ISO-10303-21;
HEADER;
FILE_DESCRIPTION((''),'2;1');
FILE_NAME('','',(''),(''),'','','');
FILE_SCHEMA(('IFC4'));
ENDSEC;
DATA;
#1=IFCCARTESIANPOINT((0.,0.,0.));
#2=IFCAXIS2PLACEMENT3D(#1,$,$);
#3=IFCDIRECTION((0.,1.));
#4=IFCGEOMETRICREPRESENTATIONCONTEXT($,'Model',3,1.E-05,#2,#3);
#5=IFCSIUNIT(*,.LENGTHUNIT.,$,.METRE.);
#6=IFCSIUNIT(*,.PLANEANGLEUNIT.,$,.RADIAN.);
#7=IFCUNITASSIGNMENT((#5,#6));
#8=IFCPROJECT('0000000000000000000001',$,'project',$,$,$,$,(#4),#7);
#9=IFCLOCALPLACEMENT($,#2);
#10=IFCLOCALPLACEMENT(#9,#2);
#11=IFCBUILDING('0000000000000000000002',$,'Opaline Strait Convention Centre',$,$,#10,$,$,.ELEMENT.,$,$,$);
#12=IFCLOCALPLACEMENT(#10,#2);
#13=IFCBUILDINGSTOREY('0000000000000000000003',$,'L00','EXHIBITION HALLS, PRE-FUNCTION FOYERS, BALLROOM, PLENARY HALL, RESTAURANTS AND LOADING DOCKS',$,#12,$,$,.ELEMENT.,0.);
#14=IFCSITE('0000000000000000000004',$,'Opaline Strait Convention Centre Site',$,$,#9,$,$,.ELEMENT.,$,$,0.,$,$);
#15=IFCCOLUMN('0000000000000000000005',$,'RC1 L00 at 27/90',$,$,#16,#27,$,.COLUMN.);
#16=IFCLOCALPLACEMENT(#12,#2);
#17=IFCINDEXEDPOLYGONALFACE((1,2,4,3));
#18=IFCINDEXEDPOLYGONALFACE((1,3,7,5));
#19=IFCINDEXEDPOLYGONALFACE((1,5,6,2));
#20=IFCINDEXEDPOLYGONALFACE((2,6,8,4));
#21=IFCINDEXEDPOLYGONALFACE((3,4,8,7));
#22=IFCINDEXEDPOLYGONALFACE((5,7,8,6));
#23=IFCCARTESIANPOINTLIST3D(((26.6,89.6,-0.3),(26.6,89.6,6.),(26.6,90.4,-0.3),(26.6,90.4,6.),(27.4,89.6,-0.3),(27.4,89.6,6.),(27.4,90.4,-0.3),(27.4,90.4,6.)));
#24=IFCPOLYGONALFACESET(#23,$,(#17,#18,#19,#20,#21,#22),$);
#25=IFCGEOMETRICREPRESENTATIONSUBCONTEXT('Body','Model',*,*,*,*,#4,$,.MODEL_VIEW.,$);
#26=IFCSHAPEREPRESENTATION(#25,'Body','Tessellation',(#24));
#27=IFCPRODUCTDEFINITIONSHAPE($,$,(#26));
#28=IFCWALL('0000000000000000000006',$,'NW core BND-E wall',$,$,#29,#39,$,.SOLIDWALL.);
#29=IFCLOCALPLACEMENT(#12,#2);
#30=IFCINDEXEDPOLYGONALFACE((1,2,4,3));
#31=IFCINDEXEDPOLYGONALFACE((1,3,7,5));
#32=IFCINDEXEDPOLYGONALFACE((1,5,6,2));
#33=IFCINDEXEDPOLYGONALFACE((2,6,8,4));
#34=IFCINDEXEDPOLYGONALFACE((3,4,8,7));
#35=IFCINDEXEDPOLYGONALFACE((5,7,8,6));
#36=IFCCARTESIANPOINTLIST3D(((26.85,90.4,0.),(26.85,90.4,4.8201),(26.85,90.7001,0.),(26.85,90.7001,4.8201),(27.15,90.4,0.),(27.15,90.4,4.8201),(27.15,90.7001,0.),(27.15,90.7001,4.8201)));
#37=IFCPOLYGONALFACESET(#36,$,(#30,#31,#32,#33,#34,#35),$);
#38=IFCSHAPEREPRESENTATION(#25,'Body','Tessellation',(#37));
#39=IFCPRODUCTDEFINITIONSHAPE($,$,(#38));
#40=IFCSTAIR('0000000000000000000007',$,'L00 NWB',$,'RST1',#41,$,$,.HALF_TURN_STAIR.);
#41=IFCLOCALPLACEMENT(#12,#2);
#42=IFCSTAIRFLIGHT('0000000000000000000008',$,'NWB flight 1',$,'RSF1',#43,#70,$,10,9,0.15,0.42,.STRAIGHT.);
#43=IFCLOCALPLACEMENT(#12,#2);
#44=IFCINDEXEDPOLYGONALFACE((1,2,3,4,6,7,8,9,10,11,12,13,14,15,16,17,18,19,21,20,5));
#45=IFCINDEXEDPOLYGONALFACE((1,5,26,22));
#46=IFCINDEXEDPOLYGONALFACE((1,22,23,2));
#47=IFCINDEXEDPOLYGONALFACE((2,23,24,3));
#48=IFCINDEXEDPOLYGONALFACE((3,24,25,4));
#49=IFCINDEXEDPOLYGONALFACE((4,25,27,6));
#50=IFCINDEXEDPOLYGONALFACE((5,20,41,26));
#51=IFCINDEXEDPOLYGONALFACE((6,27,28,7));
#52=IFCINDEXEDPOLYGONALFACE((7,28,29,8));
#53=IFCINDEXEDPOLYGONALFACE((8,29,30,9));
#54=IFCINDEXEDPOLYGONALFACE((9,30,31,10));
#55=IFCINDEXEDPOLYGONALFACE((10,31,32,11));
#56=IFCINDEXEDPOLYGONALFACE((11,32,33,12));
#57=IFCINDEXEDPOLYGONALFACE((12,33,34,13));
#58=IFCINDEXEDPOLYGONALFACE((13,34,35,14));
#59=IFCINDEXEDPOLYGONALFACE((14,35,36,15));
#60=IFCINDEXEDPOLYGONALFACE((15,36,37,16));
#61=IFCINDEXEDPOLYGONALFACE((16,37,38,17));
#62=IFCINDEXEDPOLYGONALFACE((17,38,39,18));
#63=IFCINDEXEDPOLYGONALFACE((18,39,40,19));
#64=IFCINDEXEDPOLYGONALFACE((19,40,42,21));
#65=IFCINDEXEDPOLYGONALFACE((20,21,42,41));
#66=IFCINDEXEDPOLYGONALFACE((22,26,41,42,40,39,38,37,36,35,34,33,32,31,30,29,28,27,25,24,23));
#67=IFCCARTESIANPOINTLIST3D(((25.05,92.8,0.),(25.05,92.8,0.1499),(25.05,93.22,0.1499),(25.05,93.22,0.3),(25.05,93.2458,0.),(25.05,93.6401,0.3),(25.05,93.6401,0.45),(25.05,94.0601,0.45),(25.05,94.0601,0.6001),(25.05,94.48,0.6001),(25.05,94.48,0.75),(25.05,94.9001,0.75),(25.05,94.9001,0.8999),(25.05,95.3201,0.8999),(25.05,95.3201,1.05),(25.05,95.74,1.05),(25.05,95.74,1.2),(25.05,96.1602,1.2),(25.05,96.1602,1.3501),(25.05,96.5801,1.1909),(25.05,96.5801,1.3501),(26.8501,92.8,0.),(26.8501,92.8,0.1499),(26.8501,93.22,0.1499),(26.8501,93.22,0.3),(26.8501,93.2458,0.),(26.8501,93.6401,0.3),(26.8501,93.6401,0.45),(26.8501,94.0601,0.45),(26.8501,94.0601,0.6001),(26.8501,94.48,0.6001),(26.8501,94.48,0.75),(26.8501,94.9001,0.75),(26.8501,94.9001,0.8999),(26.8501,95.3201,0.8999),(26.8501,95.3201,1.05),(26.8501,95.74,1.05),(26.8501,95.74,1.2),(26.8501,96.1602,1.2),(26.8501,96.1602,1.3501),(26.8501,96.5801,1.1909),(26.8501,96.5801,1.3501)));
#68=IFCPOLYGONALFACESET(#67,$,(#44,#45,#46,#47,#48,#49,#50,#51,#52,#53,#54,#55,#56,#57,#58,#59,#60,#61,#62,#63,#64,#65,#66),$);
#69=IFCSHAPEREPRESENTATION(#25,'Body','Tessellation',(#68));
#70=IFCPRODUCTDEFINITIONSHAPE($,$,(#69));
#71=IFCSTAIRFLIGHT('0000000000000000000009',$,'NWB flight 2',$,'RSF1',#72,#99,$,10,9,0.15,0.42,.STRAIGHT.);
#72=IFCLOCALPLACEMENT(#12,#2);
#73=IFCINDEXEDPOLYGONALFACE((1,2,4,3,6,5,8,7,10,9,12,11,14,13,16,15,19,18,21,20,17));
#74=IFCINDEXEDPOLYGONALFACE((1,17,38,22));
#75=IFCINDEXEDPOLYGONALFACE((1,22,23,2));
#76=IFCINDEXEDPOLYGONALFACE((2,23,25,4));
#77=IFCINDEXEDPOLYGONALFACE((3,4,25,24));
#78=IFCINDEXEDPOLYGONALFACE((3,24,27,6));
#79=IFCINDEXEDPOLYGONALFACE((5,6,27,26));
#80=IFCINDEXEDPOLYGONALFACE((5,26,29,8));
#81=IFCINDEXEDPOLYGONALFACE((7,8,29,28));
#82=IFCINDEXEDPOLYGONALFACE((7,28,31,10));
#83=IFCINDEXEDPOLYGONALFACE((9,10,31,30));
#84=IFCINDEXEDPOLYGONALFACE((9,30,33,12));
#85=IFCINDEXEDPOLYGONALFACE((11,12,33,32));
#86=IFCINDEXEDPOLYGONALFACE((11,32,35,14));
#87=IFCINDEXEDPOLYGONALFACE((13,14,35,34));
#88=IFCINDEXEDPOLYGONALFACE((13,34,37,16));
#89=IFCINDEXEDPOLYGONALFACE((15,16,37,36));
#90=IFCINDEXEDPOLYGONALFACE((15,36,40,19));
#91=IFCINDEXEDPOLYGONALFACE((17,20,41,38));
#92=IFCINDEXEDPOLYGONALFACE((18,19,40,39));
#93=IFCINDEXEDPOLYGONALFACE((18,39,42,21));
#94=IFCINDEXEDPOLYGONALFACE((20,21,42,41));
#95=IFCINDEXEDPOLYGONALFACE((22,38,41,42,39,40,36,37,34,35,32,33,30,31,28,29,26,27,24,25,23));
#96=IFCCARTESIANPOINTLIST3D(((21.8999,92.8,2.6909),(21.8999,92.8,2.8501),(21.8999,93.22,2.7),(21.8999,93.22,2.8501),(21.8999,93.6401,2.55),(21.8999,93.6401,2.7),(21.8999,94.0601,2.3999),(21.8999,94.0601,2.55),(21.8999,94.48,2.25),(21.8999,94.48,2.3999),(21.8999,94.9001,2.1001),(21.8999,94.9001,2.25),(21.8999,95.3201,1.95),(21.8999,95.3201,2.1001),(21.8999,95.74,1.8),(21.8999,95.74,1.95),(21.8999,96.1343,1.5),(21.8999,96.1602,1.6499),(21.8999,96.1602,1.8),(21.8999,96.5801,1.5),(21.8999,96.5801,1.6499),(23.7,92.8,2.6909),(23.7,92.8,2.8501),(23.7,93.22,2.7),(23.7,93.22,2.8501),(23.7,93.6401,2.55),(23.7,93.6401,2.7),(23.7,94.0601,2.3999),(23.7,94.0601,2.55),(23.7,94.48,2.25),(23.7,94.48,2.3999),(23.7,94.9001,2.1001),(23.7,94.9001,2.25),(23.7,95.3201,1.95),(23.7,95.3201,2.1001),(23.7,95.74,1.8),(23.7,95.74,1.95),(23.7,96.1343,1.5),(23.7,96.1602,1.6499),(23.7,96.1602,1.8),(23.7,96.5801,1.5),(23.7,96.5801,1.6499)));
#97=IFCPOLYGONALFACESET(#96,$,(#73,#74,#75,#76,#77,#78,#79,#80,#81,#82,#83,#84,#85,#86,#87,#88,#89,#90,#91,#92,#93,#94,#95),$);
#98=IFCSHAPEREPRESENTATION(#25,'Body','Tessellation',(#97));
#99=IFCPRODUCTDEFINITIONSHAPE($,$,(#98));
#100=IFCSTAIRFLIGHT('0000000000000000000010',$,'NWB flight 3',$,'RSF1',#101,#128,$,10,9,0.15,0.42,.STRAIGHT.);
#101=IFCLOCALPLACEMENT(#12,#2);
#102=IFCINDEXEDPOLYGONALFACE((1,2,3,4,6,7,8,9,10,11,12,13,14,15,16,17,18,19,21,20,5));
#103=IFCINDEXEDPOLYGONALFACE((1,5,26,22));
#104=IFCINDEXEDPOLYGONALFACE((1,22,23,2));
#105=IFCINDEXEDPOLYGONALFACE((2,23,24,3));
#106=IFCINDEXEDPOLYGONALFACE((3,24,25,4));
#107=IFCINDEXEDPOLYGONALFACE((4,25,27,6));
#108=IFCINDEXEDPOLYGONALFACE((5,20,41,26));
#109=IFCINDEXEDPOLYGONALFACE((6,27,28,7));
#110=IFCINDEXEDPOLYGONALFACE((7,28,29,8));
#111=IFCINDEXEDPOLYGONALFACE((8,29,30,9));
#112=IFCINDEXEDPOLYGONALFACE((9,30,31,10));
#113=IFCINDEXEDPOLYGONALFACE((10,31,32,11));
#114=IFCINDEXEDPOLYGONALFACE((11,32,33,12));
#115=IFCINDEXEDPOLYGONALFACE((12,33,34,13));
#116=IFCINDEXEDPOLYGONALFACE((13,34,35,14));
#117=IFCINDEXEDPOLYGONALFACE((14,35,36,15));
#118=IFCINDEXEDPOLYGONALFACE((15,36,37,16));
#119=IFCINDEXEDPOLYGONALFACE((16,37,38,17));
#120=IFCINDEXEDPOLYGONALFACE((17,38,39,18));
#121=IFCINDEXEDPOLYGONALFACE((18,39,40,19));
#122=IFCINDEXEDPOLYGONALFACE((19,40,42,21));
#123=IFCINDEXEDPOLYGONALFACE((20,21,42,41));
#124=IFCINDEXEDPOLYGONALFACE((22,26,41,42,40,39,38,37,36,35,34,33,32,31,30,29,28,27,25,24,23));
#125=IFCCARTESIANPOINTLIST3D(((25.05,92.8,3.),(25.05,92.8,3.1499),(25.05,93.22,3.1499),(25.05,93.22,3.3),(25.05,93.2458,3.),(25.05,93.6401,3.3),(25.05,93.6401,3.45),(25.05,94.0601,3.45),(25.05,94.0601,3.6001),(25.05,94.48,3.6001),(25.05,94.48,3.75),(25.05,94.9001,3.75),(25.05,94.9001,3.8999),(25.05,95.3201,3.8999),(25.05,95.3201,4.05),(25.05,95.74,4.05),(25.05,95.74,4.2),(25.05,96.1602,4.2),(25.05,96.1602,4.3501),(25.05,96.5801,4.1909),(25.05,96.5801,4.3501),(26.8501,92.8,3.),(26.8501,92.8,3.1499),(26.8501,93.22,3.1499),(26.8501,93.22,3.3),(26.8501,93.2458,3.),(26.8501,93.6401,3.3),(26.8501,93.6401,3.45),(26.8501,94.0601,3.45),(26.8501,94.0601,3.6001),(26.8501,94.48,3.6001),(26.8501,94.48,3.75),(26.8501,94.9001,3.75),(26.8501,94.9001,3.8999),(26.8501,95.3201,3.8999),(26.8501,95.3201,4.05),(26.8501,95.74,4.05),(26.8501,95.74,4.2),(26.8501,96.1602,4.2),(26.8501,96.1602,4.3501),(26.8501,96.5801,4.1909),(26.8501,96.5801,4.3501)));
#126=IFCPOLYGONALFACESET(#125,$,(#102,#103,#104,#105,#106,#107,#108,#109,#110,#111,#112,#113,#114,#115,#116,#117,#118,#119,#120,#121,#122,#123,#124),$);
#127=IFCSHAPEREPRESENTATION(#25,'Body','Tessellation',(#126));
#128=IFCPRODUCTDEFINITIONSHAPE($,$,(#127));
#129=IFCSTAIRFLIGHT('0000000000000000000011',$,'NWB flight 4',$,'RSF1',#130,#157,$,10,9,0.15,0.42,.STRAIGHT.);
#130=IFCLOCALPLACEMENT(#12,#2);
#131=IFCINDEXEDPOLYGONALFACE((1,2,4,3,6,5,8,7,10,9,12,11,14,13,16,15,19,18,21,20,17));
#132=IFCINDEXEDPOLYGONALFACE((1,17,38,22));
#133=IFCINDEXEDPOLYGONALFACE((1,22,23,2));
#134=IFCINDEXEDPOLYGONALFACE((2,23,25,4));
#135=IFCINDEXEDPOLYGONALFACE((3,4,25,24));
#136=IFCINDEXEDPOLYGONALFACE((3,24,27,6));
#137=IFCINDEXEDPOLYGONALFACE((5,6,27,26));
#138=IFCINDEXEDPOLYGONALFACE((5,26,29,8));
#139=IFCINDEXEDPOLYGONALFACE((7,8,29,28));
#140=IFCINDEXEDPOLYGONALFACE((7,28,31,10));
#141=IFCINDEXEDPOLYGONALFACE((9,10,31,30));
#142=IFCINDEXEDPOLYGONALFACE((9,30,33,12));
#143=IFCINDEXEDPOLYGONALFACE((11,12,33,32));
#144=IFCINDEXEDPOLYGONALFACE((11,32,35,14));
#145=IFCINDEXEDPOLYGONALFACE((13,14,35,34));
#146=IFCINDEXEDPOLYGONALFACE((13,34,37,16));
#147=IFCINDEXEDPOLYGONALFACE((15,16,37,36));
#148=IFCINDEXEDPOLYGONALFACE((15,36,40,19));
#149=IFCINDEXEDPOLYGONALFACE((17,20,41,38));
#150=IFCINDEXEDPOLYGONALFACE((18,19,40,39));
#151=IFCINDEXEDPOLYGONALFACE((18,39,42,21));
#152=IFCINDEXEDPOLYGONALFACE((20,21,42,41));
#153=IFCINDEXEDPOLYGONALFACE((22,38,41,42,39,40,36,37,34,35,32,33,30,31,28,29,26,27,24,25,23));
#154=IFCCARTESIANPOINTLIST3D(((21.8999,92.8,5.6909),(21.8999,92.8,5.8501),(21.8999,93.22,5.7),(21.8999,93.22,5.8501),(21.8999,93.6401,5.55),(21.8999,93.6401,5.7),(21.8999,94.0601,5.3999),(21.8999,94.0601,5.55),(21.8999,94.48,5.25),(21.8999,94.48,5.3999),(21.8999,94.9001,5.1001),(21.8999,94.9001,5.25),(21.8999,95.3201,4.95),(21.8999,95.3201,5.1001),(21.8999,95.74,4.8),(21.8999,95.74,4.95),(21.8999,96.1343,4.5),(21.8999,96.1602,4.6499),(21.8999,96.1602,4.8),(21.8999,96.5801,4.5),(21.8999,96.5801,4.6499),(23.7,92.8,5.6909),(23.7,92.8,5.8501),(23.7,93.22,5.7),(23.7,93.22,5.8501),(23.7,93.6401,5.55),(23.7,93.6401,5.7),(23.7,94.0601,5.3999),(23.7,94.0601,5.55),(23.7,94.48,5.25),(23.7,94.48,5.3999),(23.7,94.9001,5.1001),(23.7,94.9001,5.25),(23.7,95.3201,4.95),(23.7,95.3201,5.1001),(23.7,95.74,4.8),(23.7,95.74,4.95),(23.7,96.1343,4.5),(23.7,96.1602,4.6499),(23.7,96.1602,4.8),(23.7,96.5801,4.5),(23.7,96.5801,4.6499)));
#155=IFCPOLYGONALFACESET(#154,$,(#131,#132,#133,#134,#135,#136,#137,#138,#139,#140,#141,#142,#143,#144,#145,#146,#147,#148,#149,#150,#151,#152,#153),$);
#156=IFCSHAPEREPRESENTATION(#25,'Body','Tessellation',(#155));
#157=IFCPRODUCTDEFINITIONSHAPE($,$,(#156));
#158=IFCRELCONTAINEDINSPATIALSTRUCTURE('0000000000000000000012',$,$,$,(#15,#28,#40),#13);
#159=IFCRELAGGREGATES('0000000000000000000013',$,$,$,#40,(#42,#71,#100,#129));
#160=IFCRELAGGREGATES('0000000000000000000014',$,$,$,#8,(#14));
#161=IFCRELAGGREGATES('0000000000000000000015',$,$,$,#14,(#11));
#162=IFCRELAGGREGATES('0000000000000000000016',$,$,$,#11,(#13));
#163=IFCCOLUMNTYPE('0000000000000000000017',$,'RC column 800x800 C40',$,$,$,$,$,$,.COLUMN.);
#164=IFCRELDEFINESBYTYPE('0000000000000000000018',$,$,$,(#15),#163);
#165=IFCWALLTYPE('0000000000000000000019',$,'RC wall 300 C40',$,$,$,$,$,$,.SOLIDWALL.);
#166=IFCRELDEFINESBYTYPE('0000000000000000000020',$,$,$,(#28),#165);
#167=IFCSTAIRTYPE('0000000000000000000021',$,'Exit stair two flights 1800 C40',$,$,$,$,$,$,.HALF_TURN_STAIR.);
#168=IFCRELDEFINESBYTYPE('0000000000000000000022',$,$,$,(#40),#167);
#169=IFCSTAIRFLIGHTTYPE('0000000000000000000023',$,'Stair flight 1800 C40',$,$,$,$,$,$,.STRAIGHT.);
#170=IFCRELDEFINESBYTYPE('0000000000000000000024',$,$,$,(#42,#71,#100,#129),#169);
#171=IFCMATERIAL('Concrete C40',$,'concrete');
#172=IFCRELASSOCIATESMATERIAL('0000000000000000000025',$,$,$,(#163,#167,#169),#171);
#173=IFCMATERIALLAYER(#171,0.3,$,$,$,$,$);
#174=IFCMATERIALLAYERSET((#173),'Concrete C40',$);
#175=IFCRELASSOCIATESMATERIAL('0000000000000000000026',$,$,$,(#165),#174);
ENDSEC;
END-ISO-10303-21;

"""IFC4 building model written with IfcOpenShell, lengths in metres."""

from ifc_helpers import new_model, si_unit, direction, frame, frame_2d, origin, origin_2d, place, context, subcontext, project, spatial, polyline, rectangle, outline, extrude, material, layer, layer_set, material_profile, profile_set, type_object, element, aggregate, save


model = new_model("IFC4")

# Units and contexts
model_context = context("Model", 3, precision=1e-05, world=origin(), true_north=direction((0.0, 1.0)))
body_context = subcontext(model_context, "Body", "Model", "MODEL_VIEW")
ifc_project = project(units=[si_unit("LENGTHUNIT", "METRE"), si_unit("PLANEANGLEUNIT", "RADIAN")], contexts=[model_context])

# Site, building, storey
site_placement = place(None, origin())
site = spatial("IfcSite", under=ifc_project, at=site_placement, Name="Opaline Strait Convention Centre Site", CompositionType="ELEMENT", RefElevation=0.0)
building_placement = place(site_placement, origin())
building = spatial("IfcBuilding", under=site, at=building_placement, Name="Opaline Strait Convention Centre", CompositionType="ELEMENT")
storey_placement = place(building_placement, origin())
storey = spatial("IfcBuildingStorey", under=building, at=storey_placement, Name="L00", Description="EXHIBITION HALLS, PRE-FUNCTION FOYERS, BALLROOM, PLENARY HALL, RESTAURANTS AND LOADING DOCKS", CompositionType="ELEMENT", Elevation=0.0)

# Column
ifc_material_1 = material(Name="Concrete C40", Category="concrete")
ifc_material_profile_1 = material_profile(ifc_material_1, rectangle(XDim=0.8, YDim=0.8, at=origin_2d()), Name="RC 800x800")
ifc_profile_set_1 = profile_set([ifc_material_profile_1], Name="Concrete C40")
column_type = type_object("IfcColumnType", Name="RC column 800x800 C40", PredefinedType="COLUMN", material=ifc_profile_set_1)
for number, where, z_axis, x_axis, name in (
    (1, (27.0, 90.0, -0.3), (0.0, 0.0, 1.0), (1.0, 0.0, 0.0), "RC1 L00 at 27/90"),
):
    element("IfcColumn", number, at=place(storey_placement, frame(where, z_axis=z_axis, x_axis=x_axis)), inside=storey, type_object=column_type, Name=name, PredefinedType="COLUMN", context=body_context, shape_type="SweptSolid", body=[
        extrude(rectangle(XDim=0.8, YDim=0.8, at=origin_2d()), origin(), (0.0, 0.0, 1.0), 6.3),
    ])

# Shared definitions
ifc_layer = layer(ifc_material_1, 0.3)
ifc_layer_set = layer_set([ifc_layer], Name="Concrete C40")
wall_type = type_object("IfcWallType", Name="RC wall 300 C40", PredefinedType="SOLIDWALL", material=ifc_layer_set)

# Wall
wall_1_placement = place(storey_placement, frame((27.0, 90.7, 0.0), z_axis=(0.0, 0.0, 1.0), x_axis=(0.0, -1.0, 0.0)))
element("IfcWall", 2, at=wall_1_placement, inside=storey, type_object=wall_type, Name="NW core BND-E wall", PredefinedType="SOLIDWALL", context=body_context, shape_type="SweptSolid", body=[
    extrude(rectangle(XDim=0.3, YDim=0.3, at=frame_2d((0.1499, 0.0))), origin(), (0.0, 0.0, 1.0), 4.8201),
])

# Stair, stair flights
stair_type = type_object("IfcStairType", Name="Exit stair two flights 1800 C40", PredefinedType="HALF_TURN_STAIR", material=ifc_material_1)
stair_placement = place(storey_placement, origin())
stair = element("IfcStair", 3, at=stair_placement, inside=storey, type_object=stair_type, Name="L00 NWB", ObjectType="RST1", PredefinedType="HALF_TURN_STAIR")
stair_flight_type = type_object("IfcStairFlightType", Name="Stair flight 1800 C40", PredefinedType="STRAIGHT", material=ifc_material_1)
stair_flight_1_placement = place(storey_placement, frame((25.95, 92.8, 0.0), z_axis=(0.0, 0.0, 1.0), x_axis=(0.0, 1.0, 0.0)))
stair_flight_1 = element("IfcStairFlight", 4, at=stair_flight_1_placement, type_object=stair_flight_type, Name="NWB flight 1", ObjectType="RSF1", NumberOfRisers=10, NumberOfTreads=9, PredefinedType="STRAIGHT", RiserHeight=0.15, TreadLength=0.42, context=body_context, shape_type="SweptSolid", body=[
    extrude(outline(polyline([(0.0, 0.0), (0.0, 0.1499), (0.4199, 0.1499), (0.4199, 0.3), (0.8401, 0.3), (0.8401, 0.45), (1.26, 0.45), (1.26, 0.6001), (1.6799, 0.6001), (1.6799, 0.75), (2.1001, 0.75), (2.1001, 0.8999), (2.52, 0.8999), (2.52, 1.05), (2.9399, 1.05), (2.9399, 1.2), (3.3601, 1.2), (3.3601, 1.3501), (3.78, 1.3501), (3.78, 1.5), (3.78, 1.1909), (0.4458, 0.0), (0.0, 0.0)])), frame((0.0, 0.8999, 0.0), z_axis=(0.0, -1.0, 0.0), x_axis=(1.0, 0.0, 0.0)), (0.0, 0.0, 1.0), 1.8),
])
stair_flight_2_placement = place(storey_placement, frame((22.8, 96.5801, 1.5), z_axis=(0.0, 0.0, 1.0), x_axis=(0.0, -1.0, 0.0)))
stair_flight_2 = element("IfcStairFlight", 5, at=stair_flight_2_placement, type_object=stair_flight_type, Name="NWB flight 2", ObjectType="RSF1", NumberOfRisers=10, NumberOfTreads=9, PredefinedType="STRAIGHT", RiserHeight=0.15, TreadLength=0.42, context=body_context, shape_type="SweptSolid", body=[
    extrude(outline(polyline([(0.0, 0.0), (0.0, 0.1499), (0.4199, 0.1499), (0.4199, 0.3), (0.8401, 0.3), (0.8401, 0.45), (1.26, 0.45), (1.26, 0.6001), (1.6799, 0.6001), (1.6799, 0.75), (2.1001, 0.75), (2.1001, 0.8999), (2.52, 0.8999), (2.52, 1.05), (2.9399, 1.05), (2.9399, 1.2), (3.3601, 1.2), (3.3601, 1.3501), (3.78, 1.3501), (3.78, 1.5), (3.78, 1.1909), (0.4458, 0.0), (0.0, 0.0)])), frame((0.0, 0.8999, 0.0), z_axis=(0.0, -1.0, 0.0), x_axis=(1.0, 0.0, 0.0)), (0.0, 0.0, 1.0), 1.8),
])
stair_flight_3_placement = place(storey_placement, frame((25.95, 92.8, 3.0), z_axis=(0.0, 0.0, 1.0), x_axis=(0.0, 1.0, 0.0)))
stair_flight_3 = element("IfcStairFlight", 6, at=stair_flight_3_placement, type_object=stair_flight_type, Name="NWB flight 3", ObjectType="RSF1", NumberOfRisers=10, NumberOfTreads=9, PredefinedType="STRAIGHT", RiserHeight=0.15, TreadLength=0.42, context=body_context, shape_type="SweptSolid", body=[
    extrude(outline(polyline([(0.0, 0.0), (0.0, 0.1499), (0.4199, 0.1499), (0.4199, 0.3), (0.8401, 0.3), (0.8401, 0.45), (1.26, 0.45), (1.26, 0.6001), (1.6799, 0.6001), (1.6799, 0.75), (2.1001, 0.75), (2.1001, 0.8999), (2.52, 0.8999), (2.52, 1.05), (2.9399, 1.05), (2.9399, 1.2), (3.3601, 1.2), (3.3601, 1.3501), (3.78, 1.3501), (3.78, 1.5), (3.78, 1.1909), (0.4458, 0.0), (0.0, 0.0)])), frame((0.0, 0.8999, 0.0), z_axis=(0.0, -1.0, 0.0), x_axis=(1.0, 0.0, 0.0)), (0.0, 0.0, 1.0), 1.8),
])
stair_flight_4_placement = place(storey_placement, frame((22.8, 96.5801, 4.5), z_axis=(0.0, 0.0, 1.0), x_axis=(0.0, -1.0, 0.0)))
stair_flight_4 = element("IfcStairFlight", 7, at=stair_flight_4_placement, type_object=stair_flight_type, Name="NWB flight 4", ObjectType="RSF1", NumberOfRisers=10, NumberOfTreads=9, PredefinedType="STRAIGHT", RiserHeight=0.15, TreadLength=0.42, context=body_context, shape_type="SweptSolid", body=[
    extrude(outline(polyline([(0.0, 0.0), (0.0, 0.1499), (0.4199, 0.1499), (0.4199, 0.3), (0.8401, 0.3), (0.8401, 0.45), (1.26, 0.45), (1.26, 0.6001), (1.6799, 0.6001), (1.6799, 0.75), (2.1001, 0.75), (2.1001, 0.8999), (2.52, 0.8999), (2.52, 1.05), (2.9399, 1.05), (2.9399, 1.2), (3.3601, 1.2), (3.3601, 1.3501), (3.78, 1.3501), (3.78, 1.5), (3.78, 1.1909), (0.4458, 0.0), (0.0, 0.0)])), frame((0.0, 0.8999, 0.0), z_axis=(0.0, -1.0, 0.0), x_axis=(1.0, 0.0, 0.0)), (0.0, 0.0, 1.0), 1.8),
])
aggregate(stair, [stair_flight_1, stair_flight_2, stair_flight_3, stair_flight_4])

save(model, "model.ifc")
